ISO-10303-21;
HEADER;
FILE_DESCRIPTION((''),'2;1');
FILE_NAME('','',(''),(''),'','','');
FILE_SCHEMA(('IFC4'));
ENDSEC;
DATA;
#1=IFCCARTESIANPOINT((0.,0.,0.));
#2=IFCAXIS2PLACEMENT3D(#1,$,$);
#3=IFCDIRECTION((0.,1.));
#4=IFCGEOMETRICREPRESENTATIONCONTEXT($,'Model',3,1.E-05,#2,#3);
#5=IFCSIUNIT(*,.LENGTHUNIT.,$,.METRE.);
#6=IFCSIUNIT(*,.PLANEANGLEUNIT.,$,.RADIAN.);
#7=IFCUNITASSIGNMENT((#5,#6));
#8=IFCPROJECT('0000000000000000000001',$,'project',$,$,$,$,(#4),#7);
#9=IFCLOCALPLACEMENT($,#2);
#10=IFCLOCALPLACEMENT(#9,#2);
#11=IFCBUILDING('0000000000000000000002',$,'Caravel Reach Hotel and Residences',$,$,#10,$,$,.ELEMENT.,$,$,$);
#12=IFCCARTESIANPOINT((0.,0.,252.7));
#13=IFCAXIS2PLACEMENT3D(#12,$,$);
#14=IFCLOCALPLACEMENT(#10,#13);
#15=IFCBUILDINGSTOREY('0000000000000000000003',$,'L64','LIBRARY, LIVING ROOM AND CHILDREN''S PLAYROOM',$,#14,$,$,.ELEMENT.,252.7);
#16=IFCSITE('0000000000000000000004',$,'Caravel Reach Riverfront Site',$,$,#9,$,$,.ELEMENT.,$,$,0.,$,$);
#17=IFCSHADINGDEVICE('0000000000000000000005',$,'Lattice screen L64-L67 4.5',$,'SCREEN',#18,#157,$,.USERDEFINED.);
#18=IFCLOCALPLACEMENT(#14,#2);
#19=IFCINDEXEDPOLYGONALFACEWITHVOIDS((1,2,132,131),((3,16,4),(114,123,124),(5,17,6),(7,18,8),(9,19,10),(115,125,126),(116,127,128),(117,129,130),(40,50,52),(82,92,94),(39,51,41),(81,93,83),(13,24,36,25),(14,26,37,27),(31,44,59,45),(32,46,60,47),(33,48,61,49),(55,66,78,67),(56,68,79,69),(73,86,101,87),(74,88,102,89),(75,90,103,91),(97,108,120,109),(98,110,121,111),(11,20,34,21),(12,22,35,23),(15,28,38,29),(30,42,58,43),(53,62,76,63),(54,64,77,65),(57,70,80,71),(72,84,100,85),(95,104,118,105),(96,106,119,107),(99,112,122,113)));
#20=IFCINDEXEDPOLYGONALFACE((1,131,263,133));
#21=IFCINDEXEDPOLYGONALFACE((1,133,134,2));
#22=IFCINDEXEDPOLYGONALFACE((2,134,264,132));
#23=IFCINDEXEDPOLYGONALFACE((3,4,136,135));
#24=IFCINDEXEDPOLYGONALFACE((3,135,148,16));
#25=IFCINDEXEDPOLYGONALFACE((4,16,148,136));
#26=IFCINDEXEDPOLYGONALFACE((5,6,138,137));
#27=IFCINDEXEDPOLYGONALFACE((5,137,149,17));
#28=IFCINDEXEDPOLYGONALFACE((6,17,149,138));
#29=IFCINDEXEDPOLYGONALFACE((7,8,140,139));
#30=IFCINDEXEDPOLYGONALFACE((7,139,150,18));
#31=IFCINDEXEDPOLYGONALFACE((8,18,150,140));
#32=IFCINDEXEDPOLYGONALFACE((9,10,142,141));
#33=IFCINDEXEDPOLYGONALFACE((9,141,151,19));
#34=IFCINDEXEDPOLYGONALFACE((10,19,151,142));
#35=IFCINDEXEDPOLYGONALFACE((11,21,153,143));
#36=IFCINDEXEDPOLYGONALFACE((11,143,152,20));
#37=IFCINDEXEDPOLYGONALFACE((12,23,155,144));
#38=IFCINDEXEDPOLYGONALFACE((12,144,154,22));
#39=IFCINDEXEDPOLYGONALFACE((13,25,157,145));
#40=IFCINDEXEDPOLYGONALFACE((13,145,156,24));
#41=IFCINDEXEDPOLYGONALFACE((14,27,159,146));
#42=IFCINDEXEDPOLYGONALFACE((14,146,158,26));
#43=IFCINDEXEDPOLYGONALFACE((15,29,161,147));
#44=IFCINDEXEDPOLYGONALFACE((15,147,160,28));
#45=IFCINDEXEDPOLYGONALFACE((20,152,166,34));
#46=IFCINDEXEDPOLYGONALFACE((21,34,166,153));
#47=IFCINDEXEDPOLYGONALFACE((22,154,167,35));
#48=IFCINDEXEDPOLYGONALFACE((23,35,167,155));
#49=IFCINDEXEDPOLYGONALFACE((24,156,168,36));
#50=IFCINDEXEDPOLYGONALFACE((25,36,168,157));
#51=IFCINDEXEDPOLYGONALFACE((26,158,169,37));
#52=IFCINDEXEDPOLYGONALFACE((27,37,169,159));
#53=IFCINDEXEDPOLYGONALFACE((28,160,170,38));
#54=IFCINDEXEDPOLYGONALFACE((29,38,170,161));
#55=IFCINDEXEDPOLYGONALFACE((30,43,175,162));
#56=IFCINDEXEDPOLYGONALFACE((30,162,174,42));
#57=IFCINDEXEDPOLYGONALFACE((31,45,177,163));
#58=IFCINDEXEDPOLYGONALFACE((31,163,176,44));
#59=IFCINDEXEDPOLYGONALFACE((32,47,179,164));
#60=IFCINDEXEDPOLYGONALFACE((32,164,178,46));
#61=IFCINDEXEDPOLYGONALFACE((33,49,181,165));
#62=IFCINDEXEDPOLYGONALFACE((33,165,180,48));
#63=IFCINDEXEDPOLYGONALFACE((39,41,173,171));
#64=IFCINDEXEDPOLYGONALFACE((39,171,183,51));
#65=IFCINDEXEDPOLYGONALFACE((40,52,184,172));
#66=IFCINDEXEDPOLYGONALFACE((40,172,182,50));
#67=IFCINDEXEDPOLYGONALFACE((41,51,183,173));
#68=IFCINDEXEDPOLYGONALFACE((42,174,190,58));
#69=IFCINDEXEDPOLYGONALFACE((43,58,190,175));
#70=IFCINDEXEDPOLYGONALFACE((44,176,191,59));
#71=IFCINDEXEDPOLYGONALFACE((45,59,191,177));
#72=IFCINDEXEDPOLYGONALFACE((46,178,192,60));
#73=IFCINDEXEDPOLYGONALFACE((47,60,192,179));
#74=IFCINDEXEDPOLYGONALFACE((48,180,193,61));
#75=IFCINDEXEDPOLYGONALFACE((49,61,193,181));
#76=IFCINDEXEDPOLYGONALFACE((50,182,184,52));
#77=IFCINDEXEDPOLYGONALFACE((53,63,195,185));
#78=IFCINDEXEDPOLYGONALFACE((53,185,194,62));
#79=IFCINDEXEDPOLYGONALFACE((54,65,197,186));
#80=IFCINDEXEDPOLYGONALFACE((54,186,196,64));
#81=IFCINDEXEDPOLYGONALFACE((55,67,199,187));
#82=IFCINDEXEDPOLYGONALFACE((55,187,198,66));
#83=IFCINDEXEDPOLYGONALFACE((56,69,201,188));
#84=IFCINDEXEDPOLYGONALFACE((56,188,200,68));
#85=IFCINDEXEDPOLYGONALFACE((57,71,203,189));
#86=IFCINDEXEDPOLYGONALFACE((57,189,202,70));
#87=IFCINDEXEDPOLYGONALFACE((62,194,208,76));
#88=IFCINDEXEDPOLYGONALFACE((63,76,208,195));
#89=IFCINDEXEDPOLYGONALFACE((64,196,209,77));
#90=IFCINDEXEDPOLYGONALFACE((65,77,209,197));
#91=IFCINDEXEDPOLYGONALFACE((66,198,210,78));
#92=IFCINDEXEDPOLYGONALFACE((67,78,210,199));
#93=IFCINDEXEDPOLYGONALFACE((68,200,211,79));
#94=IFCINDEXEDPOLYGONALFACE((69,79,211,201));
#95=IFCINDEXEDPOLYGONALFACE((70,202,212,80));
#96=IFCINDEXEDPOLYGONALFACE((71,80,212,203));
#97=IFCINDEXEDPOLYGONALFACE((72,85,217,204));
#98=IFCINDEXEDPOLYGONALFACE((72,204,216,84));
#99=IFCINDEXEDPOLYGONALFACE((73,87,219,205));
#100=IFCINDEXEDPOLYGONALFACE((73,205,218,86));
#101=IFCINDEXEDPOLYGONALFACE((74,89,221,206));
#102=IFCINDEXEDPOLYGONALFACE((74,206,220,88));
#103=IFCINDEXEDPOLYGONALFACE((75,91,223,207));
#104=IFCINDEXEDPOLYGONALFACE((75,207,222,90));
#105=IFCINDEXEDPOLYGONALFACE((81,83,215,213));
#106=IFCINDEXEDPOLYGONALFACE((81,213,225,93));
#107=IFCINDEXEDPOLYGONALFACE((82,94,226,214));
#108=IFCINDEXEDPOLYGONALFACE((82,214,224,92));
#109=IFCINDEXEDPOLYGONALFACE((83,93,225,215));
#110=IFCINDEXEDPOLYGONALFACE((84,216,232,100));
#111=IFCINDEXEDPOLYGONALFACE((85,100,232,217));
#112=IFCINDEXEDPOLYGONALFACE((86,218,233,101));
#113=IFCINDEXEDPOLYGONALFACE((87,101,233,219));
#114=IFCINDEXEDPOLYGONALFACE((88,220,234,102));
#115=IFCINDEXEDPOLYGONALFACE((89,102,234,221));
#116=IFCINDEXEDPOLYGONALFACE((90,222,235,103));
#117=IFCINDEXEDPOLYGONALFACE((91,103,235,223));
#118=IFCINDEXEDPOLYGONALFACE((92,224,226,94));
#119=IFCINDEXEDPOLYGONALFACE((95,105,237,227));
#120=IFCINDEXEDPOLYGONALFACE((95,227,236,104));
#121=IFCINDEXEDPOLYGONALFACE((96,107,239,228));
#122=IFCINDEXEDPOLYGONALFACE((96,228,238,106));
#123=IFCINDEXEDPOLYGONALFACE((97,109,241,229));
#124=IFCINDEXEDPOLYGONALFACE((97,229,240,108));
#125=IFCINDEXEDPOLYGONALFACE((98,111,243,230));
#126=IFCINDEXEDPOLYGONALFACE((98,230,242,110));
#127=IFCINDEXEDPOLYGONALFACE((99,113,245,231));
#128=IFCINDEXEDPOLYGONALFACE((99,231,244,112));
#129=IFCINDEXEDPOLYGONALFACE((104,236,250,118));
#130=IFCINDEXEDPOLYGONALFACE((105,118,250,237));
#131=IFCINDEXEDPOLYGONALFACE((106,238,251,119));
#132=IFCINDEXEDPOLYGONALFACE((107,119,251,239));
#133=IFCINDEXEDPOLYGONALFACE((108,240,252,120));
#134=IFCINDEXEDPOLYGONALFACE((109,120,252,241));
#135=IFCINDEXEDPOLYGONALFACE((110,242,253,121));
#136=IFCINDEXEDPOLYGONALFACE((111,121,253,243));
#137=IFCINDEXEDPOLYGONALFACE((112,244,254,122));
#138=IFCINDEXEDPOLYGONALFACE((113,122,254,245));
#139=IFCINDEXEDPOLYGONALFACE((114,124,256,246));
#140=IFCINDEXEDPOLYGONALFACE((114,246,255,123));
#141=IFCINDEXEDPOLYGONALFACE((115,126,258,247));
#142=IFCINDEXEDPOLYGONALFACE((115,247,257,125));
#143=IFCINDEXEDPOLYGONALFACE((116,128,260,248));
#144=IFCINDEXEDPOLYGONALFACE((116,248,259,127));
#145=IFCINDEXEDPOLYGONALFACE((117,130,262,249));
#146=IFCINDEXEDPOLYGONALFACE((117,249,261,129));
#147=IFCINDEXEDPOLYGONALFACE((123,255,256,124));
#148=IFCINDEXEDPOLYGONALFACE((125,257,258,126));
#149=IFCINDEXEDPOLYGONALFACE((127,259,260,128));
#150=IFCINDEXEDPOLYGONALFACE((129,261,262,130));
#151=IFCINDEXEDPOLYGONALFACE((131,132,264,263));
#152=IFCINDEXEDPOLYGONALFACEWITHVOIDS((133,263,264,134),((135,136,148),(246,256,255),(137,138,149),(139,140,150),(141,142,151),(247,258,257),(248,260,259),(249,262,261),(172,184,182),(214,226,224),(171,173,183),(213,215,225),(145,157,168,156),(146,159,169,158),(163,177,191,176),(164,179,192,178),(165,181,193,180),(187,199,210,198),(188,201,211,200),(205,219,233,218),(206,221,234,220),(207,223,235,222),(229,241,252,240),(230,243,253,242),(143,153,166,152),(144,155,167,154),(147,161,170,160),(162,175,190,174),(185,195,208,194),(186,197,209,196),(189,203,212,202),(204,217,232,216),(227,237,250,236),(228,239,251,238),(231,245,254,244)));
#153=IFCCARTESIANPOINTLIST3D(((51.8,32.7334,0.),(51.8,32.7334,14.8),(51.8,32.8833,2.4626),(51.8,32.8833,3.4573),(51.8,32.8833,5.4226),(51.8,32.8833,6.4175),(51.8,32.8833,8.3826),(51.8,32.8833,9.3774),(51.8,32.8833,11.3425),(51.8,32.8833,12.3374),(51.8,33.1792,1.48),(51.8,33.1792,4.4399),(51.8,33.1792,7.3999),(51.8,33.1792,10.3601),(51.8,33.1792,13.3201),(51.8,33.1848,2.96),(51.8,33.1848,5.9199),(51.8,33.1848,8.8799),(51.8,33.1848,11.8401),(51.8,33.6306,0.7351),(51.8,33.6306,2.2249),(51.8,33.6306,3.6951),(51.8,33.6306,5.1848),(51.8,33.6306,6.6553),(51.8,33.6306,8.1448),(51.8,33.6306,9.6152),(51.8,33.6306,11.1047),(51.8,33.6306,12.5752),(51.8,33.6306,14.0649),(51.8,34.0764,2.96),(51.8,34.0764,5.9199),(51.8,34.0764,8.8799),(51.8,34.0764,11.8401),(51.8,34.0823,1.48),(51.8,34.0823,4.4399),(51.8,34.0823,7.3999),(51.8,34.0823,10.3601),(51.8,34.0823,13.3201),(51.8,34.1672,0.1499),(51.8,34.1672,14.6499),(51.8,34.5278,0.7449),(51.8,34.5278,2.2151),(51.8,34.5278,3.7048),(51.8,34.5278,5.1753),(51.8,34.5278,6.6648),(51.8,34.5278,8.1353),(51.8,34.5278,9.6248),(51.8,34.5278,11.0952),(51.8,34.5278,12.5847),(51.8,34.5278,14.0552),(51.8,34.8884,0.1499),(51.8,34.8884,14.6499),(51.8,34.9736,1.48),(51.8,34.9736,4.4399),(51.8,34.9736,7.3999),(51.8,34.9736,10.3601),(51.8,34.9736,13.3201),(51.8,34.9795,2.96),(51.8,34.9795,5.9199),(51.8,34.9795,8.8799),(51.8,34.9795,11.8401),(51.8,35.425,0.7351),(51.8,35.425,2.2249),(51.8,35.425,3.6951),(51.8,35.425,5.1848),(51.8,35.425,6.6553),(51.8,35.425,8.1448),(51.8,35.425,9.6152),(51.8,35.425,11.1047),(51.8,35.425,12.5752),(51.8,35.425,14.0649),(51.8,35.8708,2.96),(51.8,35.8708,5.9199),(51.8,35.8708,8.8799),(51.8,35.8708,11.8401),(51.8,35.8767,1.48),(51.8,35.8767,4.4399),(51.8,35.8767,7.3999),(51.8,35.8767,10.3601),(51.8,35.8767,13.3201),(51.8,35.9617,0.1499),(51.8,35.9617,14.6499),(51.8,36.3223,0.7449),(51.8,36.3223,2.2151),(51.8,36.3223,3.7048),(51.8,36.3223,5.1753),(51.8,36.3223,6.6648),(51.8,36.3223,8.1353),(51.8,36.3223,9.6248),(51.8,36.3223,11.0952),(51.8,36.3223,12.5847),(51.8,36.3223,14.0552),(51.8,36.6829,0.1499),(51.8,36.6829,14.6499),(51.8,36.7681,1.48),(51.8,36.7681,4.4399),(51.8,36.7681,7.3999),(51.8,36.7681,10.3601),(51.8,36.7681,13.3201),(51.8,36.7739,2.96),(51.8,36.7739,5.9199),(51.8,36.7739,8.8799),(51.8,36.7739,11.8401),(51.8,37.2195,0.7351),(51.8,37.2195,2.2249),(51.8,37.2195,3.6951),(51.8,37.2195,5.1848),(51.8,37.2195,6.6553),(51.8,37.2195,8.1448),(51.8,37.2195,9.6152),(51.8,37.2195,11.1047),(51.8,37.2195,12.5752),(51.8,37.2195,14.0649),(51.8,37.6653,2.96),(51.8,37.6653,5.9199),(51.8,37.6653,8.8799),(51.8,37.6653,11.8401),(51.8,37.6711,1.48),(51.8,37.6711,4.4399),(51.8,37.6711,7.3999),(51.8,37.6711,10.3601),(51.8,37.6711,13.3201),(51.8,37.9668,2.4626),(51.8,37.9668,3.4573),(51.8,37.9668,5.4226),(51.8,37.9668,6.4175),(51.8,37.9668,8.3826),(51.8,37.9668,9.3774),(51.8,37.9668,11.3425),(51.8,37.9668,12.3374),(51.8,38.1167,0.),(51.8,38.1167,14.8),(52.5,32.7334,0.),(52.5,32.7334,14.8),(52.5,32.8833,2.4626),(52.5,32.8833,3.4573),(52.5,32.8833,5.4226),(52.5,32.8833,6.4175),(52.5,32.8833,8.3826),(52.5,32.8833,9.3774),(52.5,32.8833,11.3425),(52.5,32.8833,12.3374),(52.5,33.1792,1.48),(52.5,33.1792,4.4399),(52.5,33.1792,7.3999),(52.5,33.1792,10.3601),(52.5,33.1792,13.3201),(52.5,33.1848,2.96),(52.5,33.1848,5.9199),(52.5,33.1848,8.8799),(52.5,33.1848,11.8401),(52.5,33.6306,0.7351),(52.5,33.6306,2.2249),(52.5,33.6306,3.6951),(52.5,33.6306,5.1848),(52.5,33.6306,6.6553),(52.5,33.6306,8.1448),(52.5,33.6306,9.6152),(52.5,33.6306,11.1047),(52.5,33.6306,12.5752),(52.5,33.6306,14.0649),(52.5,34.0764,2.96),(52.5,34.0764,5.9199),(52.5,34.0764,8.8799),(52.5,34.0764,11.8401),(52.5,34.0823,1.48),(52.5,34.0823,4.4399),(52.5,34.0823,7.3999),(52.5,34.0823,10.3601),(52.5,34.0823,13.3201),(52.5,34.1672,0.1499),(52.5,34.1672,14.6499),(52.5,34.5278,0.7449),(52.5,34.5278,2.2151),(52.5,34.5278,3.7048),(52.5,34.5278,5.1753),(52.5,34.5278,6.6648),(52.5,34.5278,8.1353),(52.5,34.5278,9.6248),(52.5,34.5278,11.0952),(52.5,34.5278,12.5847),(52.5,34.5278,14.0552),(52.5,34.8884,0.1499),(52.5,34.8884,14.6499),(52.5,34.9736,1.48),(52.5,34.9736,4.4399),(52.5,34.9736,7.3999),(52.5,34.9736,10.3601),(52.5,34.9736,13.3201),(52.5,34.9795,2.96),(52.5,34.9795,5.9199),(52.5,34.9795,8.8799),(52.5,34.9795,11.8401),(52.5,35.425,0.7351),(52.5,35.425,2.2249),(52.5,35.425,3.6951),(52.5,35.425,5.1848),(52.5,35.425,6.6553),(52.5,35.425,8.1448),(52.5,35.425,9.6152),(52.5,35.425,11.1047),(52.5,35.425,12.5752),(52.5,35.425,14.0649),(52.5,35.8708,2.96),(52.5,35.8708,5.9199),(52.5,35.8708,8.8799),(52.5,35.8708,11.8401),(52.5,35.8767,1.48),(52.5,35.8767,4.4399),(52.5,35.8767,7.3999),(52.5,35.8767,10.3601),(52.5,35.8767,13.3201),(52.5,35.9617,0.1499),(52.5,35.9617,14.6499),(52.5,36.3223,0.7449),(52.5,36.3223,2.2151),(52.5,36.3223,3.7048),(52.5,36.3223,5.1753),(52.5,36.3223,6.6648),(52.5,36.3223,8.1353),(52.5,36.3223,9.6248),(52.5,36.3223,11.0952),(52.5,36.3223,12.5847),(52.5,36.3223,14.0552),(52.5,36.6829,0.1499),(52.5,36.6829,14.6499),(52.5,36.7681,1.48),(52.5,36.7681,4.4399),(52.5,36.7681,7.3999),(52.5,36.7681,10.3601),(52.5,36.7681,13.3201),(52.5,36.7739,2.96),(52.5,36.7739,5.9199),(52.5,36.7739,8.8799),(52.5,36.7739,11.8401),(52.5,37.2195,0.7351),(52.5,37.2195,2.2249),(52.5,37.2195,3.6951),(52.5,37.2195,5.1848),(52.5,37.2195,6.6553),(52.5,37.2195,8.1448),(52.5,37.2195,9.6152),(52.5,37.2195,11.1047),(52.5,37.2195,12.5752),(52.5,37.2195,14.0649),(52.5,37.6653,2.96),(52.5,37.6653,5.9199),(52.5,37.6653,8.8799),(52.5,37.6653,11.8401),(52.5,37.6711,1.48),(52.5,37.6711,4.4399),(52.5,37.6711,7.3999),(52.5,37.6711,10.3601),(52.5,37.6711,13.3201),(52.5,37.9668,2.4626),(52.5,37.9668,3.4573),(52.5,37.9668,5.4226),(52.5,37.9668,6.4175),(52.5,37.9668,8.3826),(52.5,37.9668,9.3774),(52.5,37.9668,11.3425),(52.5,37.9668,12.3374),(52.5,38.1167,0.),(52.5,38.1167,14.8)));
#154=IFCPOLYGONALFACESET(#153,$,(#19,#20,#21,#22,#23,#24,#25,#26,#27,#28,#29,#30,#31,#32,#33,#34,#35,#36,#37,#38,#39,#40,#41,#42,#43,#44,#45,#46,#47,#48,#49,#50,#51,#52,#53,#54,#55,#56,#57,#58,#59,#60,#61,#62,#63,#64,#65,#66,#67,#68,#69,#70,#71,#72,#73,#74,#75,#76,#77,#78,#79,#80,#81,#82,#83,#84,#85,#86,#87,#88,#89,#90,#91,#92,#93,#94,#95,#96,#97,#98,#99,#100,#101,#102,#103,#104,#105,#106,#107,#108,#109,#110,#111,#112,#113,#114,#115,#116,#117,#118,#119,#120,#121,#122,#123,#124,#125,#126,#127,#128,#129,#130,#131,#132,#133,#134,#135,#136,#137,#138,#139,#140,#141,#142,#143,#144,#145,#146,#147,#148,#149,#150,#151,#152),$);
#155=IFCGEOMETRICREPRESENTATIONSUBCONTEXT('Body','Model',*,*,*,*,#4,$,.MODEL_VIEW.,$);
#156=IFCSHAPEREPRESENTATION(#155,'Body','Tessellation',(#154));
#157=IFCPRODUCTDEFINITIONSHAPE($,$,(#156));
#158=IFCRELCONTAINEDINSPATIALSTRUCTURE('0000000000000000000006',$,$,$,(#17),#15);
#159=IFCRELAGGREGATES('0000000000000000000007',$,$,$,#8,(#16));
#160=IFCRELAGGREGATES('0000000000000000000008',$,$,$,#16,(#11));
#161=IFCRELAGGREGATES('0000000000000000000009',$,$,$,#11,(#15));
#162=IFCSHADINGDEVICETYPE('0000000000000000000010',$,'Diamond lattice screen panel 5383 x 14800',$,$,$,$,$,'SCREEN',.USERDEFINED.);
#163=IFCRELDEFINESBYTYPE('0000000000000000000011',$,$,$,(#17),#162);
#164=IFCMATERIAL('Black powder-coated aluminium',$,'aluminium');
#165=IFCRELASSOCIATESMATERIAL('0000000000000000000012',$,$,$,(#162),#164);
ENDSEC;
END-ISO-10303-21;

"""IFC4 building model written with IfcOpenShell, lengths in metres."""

from ifc_helpers import new_model, si_unit, direction, frame, origin, place, context, subcontext, project, spatial, polyline, outline, extrude, material, type_object, element, save


model = new_model("IFC4")

# Units and contexts
model_context = context("Model", 3, precision=1e-05, world=origin(), true_north=direction((0.0, 1.0)))
body_context = subcontext(model_context, "Body", "Model", "MODEL_VIEW")
ifc_project = project(units=[si_unit("LENGTHUNIT", "METRE"), si_unit("PLANEANGLEUNIT", "RADIAN")], contexts=[model_context])

# Site, building, storey
site_placement = place(None, origin())
site = spatial("IfcSite", under=ifc_project, at=site_placement, Name="Caravel Reach Riverfront Site", CompositionType="ELEMENT", RefElevation=0.0)
building_placement = place(site_placement, origin())
building = spatial("IfcBuilding", under=site, at=building_placement, Name="Caravel Reach Hotel and Residences", CompositionType="ELEMENT")
storey_placement = place(building_placement, frame((0.0, 0.0, 252.7)))
storey = spatial("IfcBuildingStorey", under=building, at=storey_placement, Name="L64", Description="LIBRARY, LIVING ROOM AND CHILDREN'S PLAYROOM", CompositionType="ELEMENT", Elevation=252.7)

# Shading device
ifc_material_1 = material(Name="Black powder-coated aluminium", Category="aluminium")
shading_device_type = type_object("IfcShadingDeviceType", Name="Diamond lattice screen panel 5383 x 14800", ElementType="SCREEN", PredefinedType="USERDEFINED", material=ifc_material_1)
shading_device_1_placement = place(storey_placement, frame((51.8, 32.7334, 0.0), z_axis=(1.0, 0.0, 0.0), x_axis=(0.0, 1.0, 0.0)))
element("IfcShadingDevice", 1, at=shading_device_1_placement, inside=storey, type_object=shading_device_type, Name="Lattice screen L64-L67 4.5", ObjectType="SCREEN", PredefinedType="USERDEFINED", context=body_context, shape_type="SweptSolid", body=[
    extrude(outline(polyline([(0.0, 0.0), (5.3833, 0.0), (5.3833, 14.8), (0.0, 14.8), (0.0, 0.0)]), holes=[polyline([(0.4514, 2.96), (0.1499, 3.4573), (0.1499, 2.4626), (0.4514, 2.96)]), polyline([(0.4514, 5.9199), (0.1499, 6.4175), (0.1499, 5.4226), (0.4514, 5.9199)]), polyline([(0.4514, 8.8799), (0.1499, 9.3774), (0.1499, 8.3826), (0.4514, 8.8799)]), polyline([(0.4514, 11.8401), (0.1499, 12.3374), (0.1499, 11.3425), (0.4514, 11.8401)]), polyline([(0.8972, 2.2249), (0.4458, 1.48), (0.8972, 0.7351), (1.3489, 1.48), (0.8972, 2.2249)]), polyline([(0.8972, 5.1848), (0.4458, 4.4399), (0.8972, 3.6951), (1.3489, 4.4399), (0.8972, 5.1848)]), polyline([(0.8972, 8.1448), (0.4458, 7.3999), (0.8972, 6.6553), (1.3489, 7.3999), (0.8972, 8.1448)]), polyline([(0.8972, 11.1047), (0.4458, 10.3601), (0.8972, 9.6152), (1.3489, 10.3601), (0.8972, 11.1047)]), polyline([(0.8972, 14.0649), (0.4458, 13.3201), (0.8972, 12.5752), (1.3489, 13.3201), (0.8972, 14.0649)]), polyline([(1.7944, 0.7449), (1.4338, 0.1499), (2.155, 0.1499), (1.7944, 0.7449)]), polyline([(1.7944, 3.7048), (1.343, 2.96), (1.7944, 2.2151), (2.2461, 2.96), (1.7944, 3.7048)]), polyline([(1.7944, 6.6648), (1.343, 5.9199), (1.7944, 5.1753), (2.2461, 5.9199), (1.7944, 6.6648)]), polyline([(1.7944, 9.6248), (1.343, 8.8799), (1.7944, 8.1353), (2.2461, 8.8799), (1.7944, 9.6248)]), polyline([(1.7944, 12.5847), (1.343, 11.8401), (1.7944, 11.0952), (2.2461, 11.8401), (1.7944, 12.5847)]), polyline([(1.7944, 14.0552), (2.155, 14.6499), (1.4338, 14.6499), (1.7944, 14.0552)]), polyline([(2.6917, 2.2249), (2.2402, 1.48), (2.6917, 0.7351), (3.1433, 1.48), (2.6917, 2.2249)]), polyline([(2.6917, 5.1848), (2.2402, 4.4399), (2.6917, 3.6951), (3.1433, 4.4399), (2.6917, 5.1848)]), polyline([(2.6917, 8.1448), (2.2402, 7.3999), (2.6917, 6.6553), (3.1433, 7.3999), (2.6917, 8.1448)]), polyline([(2.6917, 11.1047), (2.2402, 10.3601), (2.6917, 9.6152), (3.1433, 10.3601), (2.6917, 11.1047)]), polyline([(2.6917, 14.0649), (2.2402, 13.3201), (2.6917, 12.5752), (3.1433, 13.3201), (2.6917, 14.0649)]), polyline([(3.5889, 0.7449), (3.2283, 0.1499), (3.9495, 0.1499), (3.5889, 0.7449)]), polyline([(3.5889, 3.7048), (3.1375, 2.96), (3.5889, 2.2151), (4.0405, 2.96), (3.5889, 3.7048)]), polyline([(3.5889, 6.6648), (3.1375, 5.9199), (3.5889, 5.1753), (4.0405, 5.9199), (3.5889, 6.6648)]), polyline([(3.5889, 9.6248), (3.1375, 8.8799), (3.5889, 8.1353), (4.0405, 8.8799), (3.5889, 9.6248)]), polyline([(3.5889, 12.5847), (3.1375, 11.8401), (3.5889, 11.0952), (4.0405, 11.8401), (3.5889, 12.5847)]), polyline([(3.5889, 14.0552), (3.9495, 14.6499), (3.2283, 14.6499), (3.5889, 14.0552)]), polyline([(4.4861, 2.2249), (4.0347, 1.48), (4.4861, 0.7351), (4.9377, 1.48), (4.4861, 2.2249)]), polyline([(4.4861, 5.1848), (4.0347, 4.4399), (4.4861, 3.6951), (4.9377, 4.4399), (4.4861, 5.1848)]), polyline([(4.4861, 8.1448), (4.0347, 7.3999), (4.4861, 6.6553), (4.9377, 7.3999), (4.4861, 8.1448)]), polyline([(4.4861, 11.1047), (4.0347, 10.3601), (4.4861, 9.6152), (4.9377, 10.3601), (4.4861, 11.1047)]), polyline([(4.4861, 14.0649), (4.0347, 13.3201), (4.4861, 12.5752), (4.9377, 13.3201), (4.4861, 14.0649)]), polyline([(4.9319, 2.96), (5.2334, 2.4626), (5.2334, 3.4573), (4.9319, 2.96)]), polyline([(4.9319, 5.9199), (5.2334, 5.4226), (5.2334, 6.4175), (4.9319, 5.9199)]), polyline([(4.9319, 8.8799), (5.2334, 8.3826), (5.2334, 9.3774), (4.9319, 8.8799)]), polyline([(4.9319, 11.8401), (5.2334, 11.3425), (5.2334, 12.3374), (4.9319, 11.8401)])]), origin(), (0.0, 0.0, 1.0), 0.7),
])

save(model, "model.ifc")
